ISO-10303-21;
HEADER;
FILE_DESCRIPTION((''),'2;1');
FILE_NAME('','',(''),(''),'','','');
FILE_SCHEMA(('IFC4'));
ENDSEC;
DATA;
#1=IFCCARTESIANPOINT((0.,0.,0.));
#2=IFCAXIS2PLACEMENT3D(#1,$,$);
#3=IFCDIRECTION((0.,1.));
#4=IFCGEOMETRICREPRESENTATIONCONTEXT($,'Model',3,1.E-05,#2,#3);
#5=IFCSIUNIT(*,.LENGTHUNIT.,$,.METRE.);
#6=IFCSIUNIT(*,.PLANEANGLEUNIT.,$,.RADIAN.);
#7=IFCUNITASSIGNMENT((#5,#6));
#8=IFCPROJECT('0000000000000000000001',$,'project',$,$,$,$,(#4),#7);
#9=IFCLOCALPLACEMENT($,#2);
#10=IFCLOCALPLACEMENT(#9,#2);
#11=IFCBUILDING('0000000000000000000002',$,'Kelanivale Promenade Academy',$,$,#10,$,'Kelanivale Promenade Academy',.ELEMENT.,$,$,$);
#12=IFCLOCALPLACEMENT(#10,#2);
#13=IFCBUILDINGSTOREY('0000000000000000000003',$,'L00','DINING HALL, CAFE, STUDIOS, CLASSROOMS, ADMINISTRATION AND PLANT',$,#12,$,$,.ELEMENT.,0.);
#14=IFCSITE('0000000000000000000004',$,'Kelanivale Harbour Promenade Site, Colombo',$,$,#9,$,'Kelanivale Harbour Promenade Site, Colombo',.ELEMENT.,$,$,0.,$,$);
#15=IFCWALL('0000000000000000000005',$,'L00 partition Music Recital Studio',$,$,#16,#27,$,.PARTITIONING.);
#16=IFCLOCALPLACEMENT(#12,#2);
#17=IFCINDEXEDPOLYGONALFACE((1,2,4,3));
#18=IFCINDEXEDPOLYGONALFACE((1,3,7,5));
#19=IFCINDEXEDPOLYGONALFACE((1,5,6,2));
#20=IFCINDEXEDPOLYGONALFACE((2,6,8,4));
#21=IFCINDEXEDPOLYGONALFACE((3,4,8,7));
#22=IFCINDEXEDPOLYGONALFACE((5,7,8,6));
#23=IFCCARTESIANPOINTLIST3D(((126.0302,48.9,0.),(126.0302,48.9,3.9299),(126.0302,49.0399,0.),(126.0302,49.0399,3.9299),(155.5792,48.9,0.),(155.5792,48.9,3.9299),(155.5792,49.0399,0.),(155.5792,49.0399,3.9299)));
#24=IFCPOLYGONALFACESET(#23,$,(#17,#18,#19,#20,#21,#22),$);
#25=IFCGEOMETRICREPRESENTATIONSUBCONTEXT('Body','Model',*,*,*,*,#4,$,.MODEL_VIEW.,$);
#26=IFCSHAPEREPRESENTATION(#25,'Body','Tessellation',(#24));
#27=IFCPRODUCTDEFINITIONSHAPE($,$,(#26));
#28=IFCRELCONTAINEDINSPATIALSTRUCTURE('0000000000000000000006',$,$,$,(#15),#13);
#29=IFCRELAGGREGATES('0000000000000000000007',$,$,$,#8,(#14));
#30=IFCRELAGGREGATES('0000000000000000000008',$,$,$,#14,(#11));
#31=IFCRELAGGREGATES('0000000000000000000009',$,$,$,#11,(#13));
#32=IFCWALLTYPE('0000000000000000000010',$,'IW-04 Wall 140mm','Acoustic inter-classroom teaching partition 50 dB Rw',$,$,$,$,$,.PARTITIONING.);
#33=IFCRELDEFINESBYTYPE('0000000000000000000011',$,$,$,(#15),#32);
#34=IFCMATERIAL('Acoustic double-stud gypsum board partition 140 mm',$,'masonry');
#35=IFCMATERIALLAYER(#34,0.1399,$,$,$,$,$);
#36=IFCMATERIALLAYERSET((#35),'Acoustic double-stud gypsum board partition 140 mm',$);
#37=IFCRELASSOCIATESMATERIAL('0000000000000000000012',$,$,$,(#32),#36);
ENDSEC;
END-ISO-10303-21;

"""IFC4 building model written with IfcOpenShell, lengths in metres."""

from ifc_helpers import new_model, si_unit, direction, frame, frame_2d, origin, place, context, subcontext, project, spatial, rectangle, extrude, material, layer, layer_set, type_object, element, save


model = new_model("IFC4")

# Units and contexts
model_context = context("Model", 3, precision=1e-05, world=origin(), true_north=direction((0.0, 1.0)))
body_context = subcontext(model_context, "Body", "Model", "MODEL_VIEW")
ifc_project = project(units=[si_unit("LENGTHUNIT", "METRE"), si_unit("PLANEANGLEUNIT", "RADIAN")], contexts=[model_context])

# Site, building, storey
site_placement = place(None, origin())
site = spatial("IfcSite", under=ifc_project, at=site_placement, Name="Kelanivale Harbour Promenade Site, Colombo", LongName="Kelanivale Harbour Promenade Site, Colombo", CompositionType="ELEMENT", RefElevation=0.0)
building_placement = place(site_placement, origin())
building = spatial("IfcBuilding", under=site, at=building_placement, Name="Kelanivale Promenade Academy", LongName="Kelanivale Promenade Academy", CompositionType="ELEMENT")
storey_placement = place(building_placement, origin())
storey = spatial("IfcBuildingStorey", under=building, at=storey_placement, Name="L00", Description="DINING HALL, CAFE, STUDIOS, CLASSROOMS, ADMINISTRATION AND PLANT", CompositionType="ELEMENT", Elevation=0.0)

# Wall
ifc_material_1 = material(Name="Acoustic double-stud gypsum board partition 140 mm", Category="masonry")
ifc_layer_1 = layer(ifc_material_1, 0.1399)
ifc_layer_set_1 = layer_set([ifc_layer_1], Name="Acoustic double-stud gypsum board partition 140 mm")
wall_type_1 = type_object("IfcWallType", Name="IW-04 Wall 140mm", Description="Acoustic inter-classroom teaching partition 50 dB Rw", PredefinedType="PARTITIONING", material=ifc_layer_set_1)
wall_1_placement = place(storey_placement, frame((155.5791, 48.97, 0.0), z_axis=(0.0, 0.0, 1.0), x_axis=(-1.0, 0.0, 0.0)))
element("IfcWall", 1, at=wall_1_placement, inside=storey, type_object=wall_type_1, Name="L00 partition Music Recital Studio", PredefinedType="PARTITIONING", context=body_context, shape_type="SweptSolid", body=[
    extrude(rectangle(XDim=29.5491, YDim=0.1399, at=frame_2d((14.7744, 0.0))), origin(), (0.0, 0.0, 1.0), 3.9299),
])

save(model, "model.ifc")
